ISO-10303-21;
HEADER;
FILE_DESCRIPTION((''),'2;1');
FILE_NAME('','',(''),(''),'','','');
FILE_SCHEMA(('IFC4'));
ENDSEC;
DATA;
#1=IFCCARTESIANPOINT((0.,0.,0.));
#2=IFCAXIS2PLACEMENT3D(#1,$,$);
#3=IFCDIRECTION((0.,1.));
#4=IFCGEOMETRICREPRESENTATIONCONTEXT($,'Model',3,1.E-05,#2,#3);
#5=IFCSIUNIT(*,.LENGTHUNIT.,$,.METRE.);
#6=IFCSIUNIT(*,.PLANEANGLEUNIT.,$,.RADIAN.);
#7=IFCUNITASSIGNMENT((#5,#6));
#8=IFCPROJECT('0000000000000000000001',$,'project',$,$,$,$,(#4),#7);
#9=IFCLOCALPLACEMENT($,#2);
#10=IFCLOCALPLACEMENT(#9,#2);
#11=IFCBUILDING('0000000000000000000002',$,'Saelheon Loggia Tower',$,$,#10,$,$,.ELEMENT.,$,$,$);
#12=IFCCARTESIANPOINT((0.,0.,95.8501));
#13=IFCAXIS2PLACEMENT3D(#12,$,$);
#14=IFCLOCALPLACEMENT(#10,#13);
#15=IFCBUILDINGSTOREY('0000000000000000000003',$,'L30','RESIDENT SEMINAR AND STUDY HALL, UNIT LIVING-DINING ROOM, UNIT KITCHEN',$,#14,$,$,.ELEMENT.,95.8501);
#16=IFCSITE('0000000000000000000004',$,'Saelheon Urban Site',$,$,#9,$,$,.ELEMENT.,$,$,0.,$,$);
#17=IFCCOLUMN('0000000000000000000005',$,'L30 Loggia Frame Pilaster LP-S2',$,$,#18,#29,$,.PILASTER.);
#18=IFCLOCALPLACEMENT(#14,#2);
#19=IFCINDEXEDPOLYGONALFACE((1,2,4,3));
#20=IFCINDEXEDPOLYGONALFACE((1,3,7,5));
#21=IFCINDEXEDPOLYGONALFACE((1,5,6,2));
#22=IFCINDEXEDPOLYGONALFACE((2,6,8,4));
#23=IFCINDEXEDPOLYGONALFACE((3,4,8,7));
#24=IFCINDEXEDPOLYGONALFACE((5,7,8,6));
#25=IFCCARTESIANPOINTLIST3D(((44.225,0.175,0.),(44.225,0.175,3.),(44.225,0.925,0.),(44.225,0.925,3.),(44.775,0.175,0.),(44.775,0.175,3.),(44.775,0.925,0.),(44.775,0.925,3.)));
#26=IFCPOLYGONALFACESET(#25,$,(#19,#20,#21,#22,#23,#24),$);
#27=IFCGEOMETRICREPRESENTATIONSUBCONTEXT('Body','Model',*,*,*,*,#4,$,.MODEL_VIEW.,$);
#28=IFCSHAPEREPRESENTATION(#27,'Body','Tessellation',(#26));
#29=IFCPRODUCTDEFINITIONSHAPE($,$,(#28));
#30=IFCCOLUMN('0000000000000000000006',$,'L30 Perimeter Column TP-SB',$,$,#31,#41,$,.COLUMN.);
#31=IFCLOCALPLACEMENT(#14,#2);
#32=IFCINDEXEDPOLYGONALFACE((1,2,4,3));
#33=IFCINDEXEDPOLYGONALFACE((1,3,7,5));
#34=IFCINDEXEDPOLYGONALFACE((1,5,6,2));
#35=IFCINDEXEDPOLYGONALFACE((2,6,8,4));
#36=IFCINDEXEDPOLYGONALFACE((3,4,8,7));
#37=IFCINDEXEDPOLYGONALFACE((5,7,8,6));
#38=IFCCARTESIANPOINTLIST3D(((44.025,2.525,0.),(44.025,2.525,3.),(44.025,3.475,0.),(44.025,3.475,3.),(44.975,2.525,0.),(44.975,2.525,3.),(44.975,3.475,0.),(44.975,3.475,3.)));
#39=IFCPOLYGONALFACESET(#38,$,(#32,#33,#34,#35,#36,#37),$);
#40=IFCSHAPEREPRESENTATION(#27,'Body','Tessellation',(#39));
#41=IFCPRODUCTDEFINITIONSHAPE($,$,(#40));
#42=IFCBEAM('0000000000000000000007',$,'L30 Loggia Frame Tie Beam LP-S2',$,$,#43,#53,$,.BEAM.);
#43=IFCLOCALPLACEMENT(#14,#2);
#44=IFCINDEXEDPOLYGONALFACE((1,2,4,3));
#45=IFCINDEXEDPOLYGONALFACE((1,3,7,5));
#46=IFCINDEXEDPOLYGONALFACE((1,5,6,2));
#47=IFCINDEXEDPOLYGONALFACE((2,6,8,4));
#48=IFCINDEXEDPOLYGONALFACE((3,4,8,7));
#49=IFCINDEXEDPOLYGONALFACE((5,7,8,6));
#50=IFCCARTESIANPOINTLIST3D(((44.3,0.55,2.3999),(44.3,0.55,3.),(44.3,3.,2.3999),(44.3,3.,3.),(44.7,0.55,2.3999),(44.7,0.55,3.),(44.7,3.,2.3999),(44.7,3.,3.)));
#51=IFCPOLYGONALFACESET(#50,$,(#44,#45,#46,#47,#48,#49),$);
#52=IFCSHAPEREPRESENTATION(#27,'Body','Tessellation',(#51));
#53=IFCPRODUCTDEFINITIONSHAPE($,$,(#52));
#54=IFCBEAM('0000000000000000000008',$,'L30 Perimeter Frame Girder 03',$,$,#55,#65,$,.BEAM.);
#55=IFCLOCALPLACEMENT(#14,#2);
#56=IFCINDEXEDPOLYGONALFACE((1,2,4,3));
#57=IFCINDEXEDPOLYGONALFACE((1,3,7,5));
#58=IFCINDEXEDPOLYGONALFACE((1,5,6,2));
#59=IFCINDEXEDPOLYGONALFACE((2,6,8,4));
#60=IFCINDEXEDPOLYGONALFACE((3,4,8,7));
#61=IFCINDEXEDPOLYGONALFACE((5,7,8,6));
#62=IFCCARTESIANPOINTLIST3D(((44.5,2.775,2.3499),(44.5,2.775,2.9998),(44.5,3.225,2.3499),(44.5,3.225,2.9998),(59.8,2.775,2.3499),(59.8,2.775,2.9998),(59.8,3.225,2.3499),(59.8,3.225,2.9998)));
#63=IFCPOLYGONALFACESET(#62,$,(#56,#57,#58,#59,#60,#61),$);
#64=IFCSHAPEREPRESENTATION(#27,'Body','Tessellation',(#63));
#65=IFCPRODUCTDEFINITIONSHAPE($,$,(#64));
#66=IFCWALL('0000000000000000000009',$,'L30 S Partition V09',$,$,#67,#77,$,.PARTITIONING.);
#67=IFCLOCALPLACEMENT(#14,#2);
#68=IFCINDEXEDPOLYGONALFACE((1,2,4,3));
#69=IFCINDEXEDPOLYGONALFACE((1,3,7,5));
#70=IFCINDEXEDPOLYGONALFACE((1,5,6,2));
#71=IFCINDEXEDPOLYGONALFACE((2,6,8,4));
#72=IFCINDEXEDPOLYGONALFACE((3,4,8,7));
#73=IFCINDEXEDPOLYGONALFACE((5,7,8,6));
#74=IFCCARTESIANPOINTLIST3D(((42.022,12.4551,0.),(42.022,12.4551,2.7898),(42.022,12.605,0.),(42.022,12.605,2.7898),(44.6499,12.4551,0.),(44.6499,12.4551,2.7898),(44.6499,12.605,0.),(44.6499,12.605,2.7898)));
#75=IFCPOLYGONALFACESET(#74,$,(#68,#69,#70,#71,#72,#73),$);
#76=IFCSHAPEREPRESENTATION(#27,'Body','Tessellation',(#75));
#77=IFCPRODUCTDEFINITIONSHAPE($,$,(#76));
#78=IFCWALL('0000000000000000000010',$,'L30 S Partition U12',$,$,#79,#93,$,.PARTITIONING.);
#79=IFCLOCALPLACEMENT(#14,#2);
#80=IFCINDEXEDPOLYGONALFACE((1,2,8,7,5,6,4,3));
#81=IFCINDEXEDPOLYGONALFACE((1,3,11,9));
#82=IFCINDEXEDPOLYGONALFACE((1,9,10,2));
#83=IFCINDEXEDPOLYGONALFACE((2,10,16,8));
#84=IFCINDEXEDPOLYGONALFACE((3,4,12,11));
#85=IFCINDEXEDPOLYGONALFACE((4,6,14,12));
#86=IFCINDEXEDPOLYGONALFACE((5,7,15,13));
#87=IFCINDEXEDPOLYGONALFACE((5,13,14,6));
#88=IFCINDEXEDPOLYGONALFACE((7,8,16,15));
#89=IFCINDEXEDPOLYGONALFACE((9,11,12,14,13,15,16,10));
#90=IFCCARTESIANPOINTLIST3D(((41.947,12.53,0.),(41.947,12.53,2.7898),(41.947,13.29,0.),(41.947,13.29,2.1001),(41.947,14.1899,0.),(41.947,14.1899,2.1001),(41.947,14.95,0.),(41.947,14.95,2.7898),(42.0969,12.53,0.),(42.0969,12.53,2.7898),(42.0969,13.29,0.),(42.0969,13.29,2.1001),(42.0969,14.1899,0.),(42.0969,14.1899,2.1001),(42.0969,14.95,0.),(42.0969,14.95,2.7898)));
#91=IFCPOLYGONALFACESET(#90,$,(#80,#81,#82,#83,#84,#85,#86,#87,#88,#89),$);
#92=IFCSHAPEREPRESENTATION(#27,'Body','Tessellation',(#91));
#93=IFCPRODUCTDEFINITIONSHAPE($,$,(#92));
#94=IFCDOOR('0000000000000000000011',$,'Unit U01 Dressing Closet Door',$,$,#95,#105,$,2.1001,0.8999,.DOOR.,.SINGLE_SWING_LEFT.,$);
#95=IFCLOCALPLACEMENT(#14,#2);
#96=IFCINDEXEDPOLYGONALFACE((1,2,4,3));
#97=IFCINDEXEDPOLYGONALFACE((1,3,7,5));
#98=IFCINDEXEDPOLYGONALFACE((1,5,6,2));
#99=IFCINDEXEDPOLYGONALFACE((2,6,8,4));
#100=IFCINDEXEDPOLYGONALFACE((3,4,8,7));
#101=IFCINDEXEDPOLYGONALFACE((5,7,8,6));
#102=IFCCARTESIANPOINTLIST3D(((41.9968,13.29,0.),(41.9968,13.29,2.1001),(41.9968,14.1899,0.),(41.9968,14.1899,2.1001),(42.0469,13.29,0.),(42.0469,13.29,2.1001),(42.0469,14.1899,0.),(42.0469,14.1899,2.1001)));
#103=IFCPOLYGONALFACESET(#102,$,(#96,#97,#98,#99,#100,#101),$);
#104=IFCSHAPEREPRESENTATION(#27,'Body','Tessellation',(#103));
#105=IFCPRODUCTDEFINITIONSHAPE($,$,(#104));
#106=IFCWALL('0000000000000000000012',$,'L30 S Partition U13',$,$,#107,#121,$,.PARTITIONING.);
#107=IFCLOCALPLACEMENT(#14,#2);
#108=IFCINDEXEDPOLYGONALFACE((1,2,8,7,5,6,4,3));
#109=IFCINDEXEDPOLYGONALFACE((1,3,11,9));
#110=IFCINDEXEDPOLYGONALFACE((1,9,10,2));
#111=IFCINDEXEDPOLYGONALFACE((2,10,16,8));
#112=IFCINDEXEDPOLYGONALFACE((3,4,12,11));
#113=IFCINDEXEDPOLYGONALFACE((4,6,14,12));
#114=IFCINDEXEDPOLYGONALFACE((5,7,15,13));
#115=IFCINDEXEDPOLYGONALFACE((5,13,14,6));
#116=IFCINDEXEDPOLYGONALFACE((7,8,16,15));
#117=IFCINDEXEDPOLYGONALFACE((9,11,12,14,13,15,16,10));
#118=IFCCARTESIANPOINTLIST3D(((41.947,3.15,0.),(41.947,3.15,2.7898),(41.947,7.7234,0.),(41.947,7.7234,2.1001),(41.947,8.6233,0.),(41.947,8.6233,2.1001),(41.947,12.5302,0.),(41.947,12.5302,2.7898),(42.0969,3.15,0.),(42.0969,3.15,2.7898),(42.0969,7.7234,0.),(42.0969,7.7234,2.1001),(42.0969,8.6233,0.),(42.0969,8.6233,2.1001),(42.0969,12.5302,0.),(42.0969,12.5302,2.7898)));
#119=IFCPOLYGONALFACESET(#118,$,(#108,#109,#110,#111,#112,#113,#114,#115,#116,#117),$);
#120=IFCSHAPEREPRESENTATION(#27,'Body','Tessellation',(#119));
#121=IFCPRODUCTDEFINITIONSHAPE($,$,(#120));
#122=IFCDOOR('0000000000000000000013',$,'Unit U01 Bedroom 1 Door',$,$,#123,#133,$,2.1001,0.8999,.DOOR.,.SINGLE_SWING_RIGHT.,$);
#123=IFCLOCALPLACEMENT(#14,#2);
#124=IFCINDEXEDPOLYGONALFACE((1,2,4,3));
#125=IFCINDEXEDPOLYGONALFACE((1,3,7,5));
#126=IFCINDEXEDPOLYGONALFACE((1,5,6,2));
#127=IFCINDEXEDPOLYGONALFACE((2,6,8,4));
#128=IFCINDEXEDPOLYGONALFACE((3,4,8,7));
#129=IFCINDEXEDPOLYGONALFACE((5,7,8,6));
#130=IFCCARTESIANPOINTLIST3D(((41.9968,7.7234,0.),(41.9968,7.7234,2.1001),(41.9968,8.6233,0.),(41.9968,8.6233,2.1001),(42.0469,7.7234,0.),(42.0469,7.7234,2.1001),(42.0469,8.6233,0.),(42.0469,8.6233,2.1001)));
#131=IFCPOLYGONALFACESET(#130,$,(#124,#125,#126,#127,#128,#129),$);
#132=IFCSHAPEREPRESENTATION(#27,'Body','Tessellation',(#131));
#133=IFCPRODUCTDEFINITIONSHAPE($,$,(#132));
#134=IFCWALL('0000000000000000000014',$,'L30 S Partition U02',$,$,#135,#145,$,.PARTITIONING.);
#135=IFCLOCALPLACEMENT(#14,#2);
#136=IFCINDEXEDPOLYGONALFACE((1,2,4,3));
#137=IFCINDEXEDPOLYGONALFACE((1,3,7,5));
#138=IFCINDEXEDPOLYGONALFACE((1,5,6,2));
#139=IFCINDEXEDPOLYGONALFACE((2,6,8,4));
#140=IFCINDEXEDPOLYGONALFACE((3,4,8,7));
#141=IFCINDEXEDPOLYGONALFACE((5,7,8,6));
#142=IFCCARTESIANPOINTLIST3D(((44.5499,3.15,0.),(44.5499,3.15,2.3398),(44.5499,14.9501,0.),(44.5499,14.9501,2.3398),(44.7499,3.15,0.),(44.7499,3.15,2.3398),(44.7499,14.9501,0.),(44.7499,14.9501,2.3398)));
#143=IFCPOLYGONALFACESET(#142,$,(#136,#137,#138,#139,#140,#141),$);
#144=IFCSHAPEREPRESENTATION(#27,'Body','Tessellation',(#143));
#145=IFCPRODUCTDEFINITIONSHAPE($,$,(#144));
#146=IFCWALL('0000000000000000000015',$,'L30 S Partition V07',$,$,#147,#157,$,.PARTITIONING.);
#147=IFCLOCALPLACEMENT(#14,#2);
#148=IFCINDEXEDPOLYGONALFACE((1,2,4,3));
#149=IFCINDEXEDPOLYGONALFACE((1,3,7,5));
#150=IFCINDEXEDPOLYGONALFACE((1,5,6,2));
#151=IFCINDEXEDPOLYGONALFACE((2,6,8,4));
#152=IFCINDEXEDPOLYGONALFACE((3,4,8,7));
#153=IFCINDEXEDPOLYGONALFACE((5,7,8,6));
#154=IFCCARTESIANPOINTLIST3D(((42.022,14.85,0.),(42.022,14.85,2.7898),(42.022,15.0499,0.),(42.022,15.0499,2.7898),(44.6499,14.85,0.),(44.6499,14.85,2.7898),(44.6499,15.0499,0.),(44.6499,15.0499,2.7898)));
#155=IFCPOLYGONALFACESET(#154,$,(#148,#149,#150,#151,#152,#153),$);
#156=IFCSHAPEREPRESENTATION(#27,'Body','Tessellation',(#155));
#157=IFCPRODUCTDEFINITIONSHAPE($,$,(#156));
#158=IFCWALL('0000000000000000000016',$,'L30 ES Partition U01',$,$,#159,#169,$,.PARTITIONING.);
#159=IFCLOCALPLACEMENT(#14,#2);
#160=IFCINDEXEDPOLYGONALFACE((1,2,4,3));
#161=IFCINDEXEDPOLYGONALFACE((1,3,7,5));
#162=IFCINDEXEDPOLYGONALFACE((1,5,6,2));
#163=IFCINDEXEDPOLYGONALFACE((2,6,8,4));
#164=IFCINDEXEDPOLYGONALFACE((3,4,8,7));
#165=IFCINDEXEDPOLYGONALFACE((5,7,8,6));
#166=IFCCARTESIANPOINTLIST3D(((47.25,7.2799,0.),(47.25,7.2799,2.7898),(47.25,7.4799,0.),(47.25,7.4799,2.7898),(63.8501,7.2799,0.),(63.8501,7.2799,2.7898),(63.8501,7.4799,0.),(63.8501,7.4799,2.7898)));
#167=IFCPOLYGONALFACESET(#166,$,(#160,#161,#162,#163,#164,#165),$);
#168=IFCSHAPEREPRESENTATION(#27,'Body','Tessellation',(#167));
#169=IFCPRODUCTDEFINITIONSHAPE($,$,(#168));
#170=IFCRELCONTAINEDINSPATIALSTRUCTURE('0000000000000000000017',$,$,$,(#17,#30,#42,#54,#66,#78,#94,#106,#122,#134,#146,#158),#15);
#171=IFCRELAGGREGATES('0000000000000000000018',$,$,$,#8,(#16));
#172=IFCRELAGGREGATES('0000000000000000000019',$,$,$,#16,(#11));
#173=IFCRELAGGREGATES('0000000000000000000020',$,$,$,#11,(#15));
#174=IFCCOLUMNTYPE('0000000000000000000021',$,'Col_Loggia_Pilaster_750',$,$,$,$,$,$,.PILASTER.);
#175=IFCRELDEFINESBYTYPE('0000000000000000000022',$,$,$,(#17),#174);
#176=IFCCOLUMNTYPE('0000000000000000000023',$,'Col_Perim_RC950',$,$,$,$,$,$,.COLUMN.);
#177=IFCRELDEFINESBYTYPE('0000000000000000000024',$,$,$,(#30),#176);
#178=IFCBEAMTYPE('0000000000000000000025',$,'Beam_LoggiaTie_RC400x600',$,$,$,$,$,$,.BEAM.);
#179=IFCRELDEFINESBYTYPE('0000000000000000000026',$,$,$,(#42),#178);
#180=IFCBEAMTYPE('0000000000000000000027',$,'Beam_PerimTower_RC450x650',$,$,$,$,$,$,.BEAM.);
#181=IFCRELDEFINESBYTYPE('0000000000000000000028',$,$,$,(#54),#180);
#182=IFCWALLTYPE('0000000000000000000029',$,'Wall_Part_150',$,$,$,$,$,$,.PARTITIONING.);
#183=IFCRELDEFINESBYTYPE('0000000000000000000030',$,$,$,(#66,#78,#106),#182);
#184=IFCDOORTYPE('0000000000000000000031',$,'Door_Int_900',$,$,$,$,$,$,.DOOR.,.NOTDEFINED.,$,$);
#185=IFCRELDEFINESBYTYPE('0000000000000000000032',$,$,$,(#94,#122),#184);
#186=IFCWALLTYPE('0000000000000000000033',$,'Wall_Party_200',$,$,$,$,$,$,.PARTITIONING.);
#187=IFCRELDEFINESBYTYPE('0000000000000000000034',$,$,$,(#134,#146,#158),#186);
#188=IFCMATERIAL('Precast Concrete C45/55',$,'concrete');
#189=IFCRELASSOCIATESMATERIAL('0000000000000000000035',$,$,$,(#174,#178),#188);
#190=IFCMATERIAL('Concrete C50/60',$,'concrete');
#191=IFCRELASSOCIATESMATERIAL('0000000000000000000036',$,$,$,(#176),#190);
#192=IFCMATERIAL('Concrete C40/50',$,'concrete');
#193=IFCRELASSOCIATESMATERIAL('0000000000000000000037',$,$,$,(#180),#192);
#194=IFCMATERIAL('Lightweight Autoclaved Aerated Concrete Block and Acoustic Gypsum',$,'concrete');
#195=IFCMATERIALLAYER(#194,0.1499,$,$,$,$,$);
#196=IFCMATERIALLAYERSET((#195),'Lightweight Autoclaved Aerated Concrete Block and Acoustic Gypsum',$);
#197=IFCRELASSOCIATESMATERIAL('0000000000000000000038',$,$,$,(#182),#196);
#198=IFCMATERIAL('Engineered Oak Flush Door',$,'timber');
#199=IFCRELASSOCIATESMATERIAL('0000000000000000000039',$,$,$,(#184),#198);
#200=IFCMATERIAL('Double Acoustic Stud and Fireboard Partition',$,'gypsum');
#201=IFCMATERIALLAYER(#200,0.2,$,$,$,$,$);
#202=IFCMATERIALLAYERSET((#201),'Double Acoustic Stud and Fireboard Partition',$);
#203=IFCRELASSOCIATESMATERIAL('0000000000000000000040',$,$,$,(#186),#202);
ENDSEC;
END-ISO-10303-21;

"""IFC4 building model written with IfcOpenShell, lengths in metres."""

from ifc_helpers import new_model, si_unit, direction, frame, frame_2d, origin, origin_2d, place, context, subcontext, project, spatial, rectangle, extrude, source, transform, mapped, material, layer, layer_set, material_profile, profile_set, type_object, element, fill, save


model = new_model("IFC4")

# Units and contexts
model_context = context("Model", 3, precision=1e-05, world=origin(), true_north=direction((0.0, 1.0)))
body_context = subcontext(model_context, "Body", "Model", "MODEL_VIEW")
ifc_project = project(units=[si_unit("LENGTHUNIT", "METRE"), si_unit("PLANEANGLEUNIT", "RADIAN")], contexts=[model_context])

# Site, building, storey
site_placement = place(None, origin())
site = spatial("IfcSite", under=ifc_project, at=site_placement, Name="Saelheon Urban Site", CompositionType="ELEMENT", RefElevation=0.0)
building_placement = place(site_placement, origin())
building = spatial("IfcBuilding", under=site, at=building_placement, Name="Saelheon Loggia Tower", CompositionType="ELEMENT")
storey_placement = place(building_placement, frame((0.0, 0.0, 95.8501)))
storey = spatial("IfcBuildingStorey", under=building, at=storey_placement, Name="L30", Description="RESIDENT SEMINAR AND STUDY HALL, UNIT LIVING-DINING ROOM, UNIT KITCHEN", CompositionType="ELEMENT", Elevation=95.8501)

# Columns
ifc_material_1 = material(Name="Precast Concrete C45/55", Category="concrete")
ifc_material_profile_1 = material_profile(ifc_material_1, rectangle(XDim=0.55, YDim=0.75, at=origin_2d()), Name="RC-550x750")
ifc_profile_set_1 = profile_set([ifc_material_profile_1], Name="Precast Concrete C45/55")
column_type_1 = type_object("IfcColumnType", Name="Col_Loggia_Pilaster_750", PredefinedType="PILASTER", material=ifc_profile_set_1)
shared_shape_1 = source(origin(), body_context, "Body", "SweptSolid", [
    extrude(rectangle(XDim=0.55, YDim=0.75, at=origin_2d()), origin(), (0.0, 0.0, 1.0), 3.0),
])
column_1_placement = place(storey_placement, frame((44.5, 0.55, 0.0), z_axis=(0.0, 0.0, 1.0), x_axis=(1.0, 0.0, 0.0)))
element("IfcColumn", 1, at=column_1_placement, inside=storey, type_object=column_type_1, Name="L30 Loggia Frame Pilaster LP-S2", PredefinedType="PILASTER", context=body_context, shape_type="MappedRepresentation", body=[
    mapped(shared_shape_1, transform((0.0, 0.0, 0.0), scale=1.0)),
])
ifc_material_2 = material(Name="Concrete C50/60", Category="concrete")
ifc_material_profile_2 = material_profile(ifc_material_2, rectangle(XDim=0.95, YDim=0.95, at=origin_2d()), Name="RC-950x950")
ifc_profile_set_2 = profile_set([ifc_material_profile_2], Name="Concrete C50/60")
column_type_2 = type_object("IfcColumnType", Name="Col_Perim_RC950", PredefinedType="COLUMN", material=ifc_profile_set_2)
shared_shape_2 = source(origin(), body_context, "Body", "SweptSolid", [
    extrude(rectangle(XDim=0.95, YDim=0.95, at=origin_2d()), origin(), (0.0, 0.0, 1.0), 3.0),
])
column_2_placement = place(storey_placement, frame((44.5, 3.0, 0.0), z_axis=(0.0, 0.0, 1.0), x_axis=(1.0, 0.0, 0.0)))
element("IfcColumn", 2, at=column_2_placement, inside=storey, type_object=column_type_2, Name="L30 Perimeter Column TP-SB", PredefinedType="COLUMN", context=body_context, shape_type="MappedRepresentation", body=[
    mapped(shared_shape_2, transform((0.0, 0.0, 0.0), scale=1.0)),
])

# Beams
ifc_material_profile_3 = material_profile(ifc_material_1, rectangle(XDim=0.3999, YDim=0.6001, at=origin_2d()), Name="RC-400x600")
ifc_profile_set_3 = profile_set([ifc_material_profile_3], Name="Precast Concrete C45/55")
beam_type_1 = type_object("IfcBeamType", Name="Beam_LoggiaTie_RC400x600", PredefinedType="BEAM", material=ifc_profile_set_3)
shared_shape_3 = source(origin(), body_context, "Body", "SweptSolid", [
    extrude(rectangle(XDim=0.3999, YDim=0.6001, at=origin_2d()), origin(), (0.0, 0.0, 1.0), 2.45),
])
beam_1_placement = place(storey_placement, frame((44.5, 3.0, 2.7), z_axis=(0.0, -1.0, 0.0), x_axis=(1.0, 0.0, 0.0)))
element("IfcBeam", 3, at=beam_1_placement, inside=storey, type_object=beam_type_1, Name="L30 Loggia Frame Tie Beam LP-S2", PredefinedType="BEAM", context=body_context, shape_type="MappedRepresentation", body=[
    mapped(shared_shape_3, transform((0.0, 0.0, 0.0), scale=1.0)),
])
ifc_material_3 = material(Name="Concrete C40/50", Category="concrete")
ifc_material_profile_4 = material_profile(ifc_material_3, rectangle(XDim=0.45, YDim=0.6499, at=origin_2d()), Name="RC-450x650")
ifc_profile_set_4 = profile_set([ifc_material_profile_4], Name="Concrete C40/50")
beam_type_2 = type_object("IfcBeamType", Name="Beam_PerimTower_RC450x650", PredefinedType="BEAM", material=ifc_profile_set_4)
shared_shape_4 = source(origin(), body_context, "Body", "SweptSolid", [
    extrude(rectangle(XDim=0.45, YDim=0.6499, at=origin_2d()), origin(), (0.0, 0.0, 1.0), 15.3),
])
beam_2_placement = place(storey_placement, frame((44.5, 3.0, 2.6748), z_axis=(1.0, 0.0, 0.0), x_axis=(0.0, 1.0, 0.0)))
element("IfcBeam", 4, at=beam_2_placement, inside=storey, type_object=beam_type_2, Name="L30 Perimeter Frame Girder 03", PredefinedType="BEAM", context=body_context, shape_type="MappedRepresentation", body=[
    mapped(shared_shape_4, transform((0.0, 0.0, 0.0), scale=1.0)),
])

# Wall
ifc_material_4 = material(Name="Lightweight Autoclaved Aerated Concrete Block and Acoustic Gypsum", Category="concrete")
ifc_layer_1 = layer(ifc_material_4, 0.1499)
ifc_layer_set_1 = layer_set([ifc_layer_1], Name="Lightweight Autoclaved Aerated Concrete Block and Acoustic Gypsum")
wall_type_1 = type_object("IfcWallType", Name="Wall_Part_150", PredefinedType="PARTITIONING", material=ifc_layer_set_1)
wall_1_placement = place(storey_placement, frame((42.022, 12.53, 0.0), z_axis=(0.0, 0.0, 1.0), x_axis=(1.0, 0.0, 0.0)))
element("IfcWall", 5, at=wall_1_placement, inside=storey, type_object=wall_type_1, Name="L30 S Partition V09", PredefinedType="PARTITIONING", context=body_context, shape_type="SweptSolid", body=[
    extrude(rectangle(XDim=2.6279, YDim=0.1499, at=frame_2d((1.314, 0.0))), origin(), (0.0, 0.0, 1.0), 2.7898),
])

# Walls, openings, doors
wall_2_placement = place(storey_placement, frame((42.022, 14.95, 0.0), z_axis=(0.0, 0.0, 1.0), x_axis=(0.0, -1.0, 0.0)))
wall_2 = element("IfcWall", 6, at=wall_2_placement, inside=storey, type_object=wall_type_1, Name="L30 S Partition U12", PredefinedType="PARTITIONING", context=body_context, shape_type="SweptSolid", body=[
    extrude(rectangle(XDim=2.4199, YDim=0.1499, at=frame_2d((1.21, 0.0))), origin(), (0.0, 0.0, 1.0), 2.7898),
])
opening_1_placement = place(wall_2_placement, frame((0.76, 0.0, 0.0)))
opening_1 = element("IfcOpeningElement", 7, at=opening_1_placement, cuts=wall_2, PredefinedType="OPENING", context=body_context, shape_type="SweptSolid", body=[
    extrude(rectangle(XDim=0.8999, YDim=2.1001, at=frame_2d((0.45, 1.05))), frame((0.0, 0.0869, 0.0), z_axis=(0.0, -1.0, 0.0), x_axis=(1.0, 0.0, 0.0)), (0.0, 0.0, 1.0), 0.1738),
])
ifc_material_5 = material(Name="Engineered Oak Flush Door", Category="timber")
door_type_1 = type_object("IfcDoorType", Name="Door_Int_900", OperationType="NOTDEFINED", PredefinedType="DOOR", material=ifc_material_5)
shared_shape_5 = source(origin(), body_context, "Body", "SweptSolid", [
    extrude(rectangle(XDim=0.8999, YDim=2.1001, at=frame_2d((0.45, 1.05))), frame((0.0, 0.0249, 0.0), z_axis=(0.0, -1.0, 0.0), x_axis=(1.0, 0.0, 0.0)), (0.0, 0.0, 1.0), 0.05),
])
door_1_placement = place(opening_1_placement, origin())
door_1 = element("IfcDoor", 8, at=door_1_placement, inside=storey, type_object=door_type_1, Name="Unit U01 Dressing Closet Door", OperationType="SINGLE_SWING_LEFT", OverallHeight=2.1001, OverallWidth=0.8999, PredefinedType="DOOR", context=body_context, shape_type="MappedRepresentation", body=[
    mapped(shared_shape_5, transform((0.0, 0.0, 0.0), scale=1.0)),
])
fill(opening_1, door_1)
wall_3_placement = place(storey_placement, frame((42.022, 12.53, 0.0), z_axis=(0.0, 0.0, 1.0), x_axis=(0.0, -1.0, 0.0)))
wall_3 = element("IfcWall", 9, at=wall_3_placement, inside=storey, type_object=wall_type_1, Name="L30 S Partition U13", PredefinedType="PARTITIONING", context=body_context, shape_type="SweptSolid", body=[
    extrude(rectangle(XDim=9.3801, YDim=0.1499, at=frame_2d((4.6899, 0.0))), origin(), (0.0, 0.0, 1.0), 2.7898),
])
opening_2_placement = place(wall_3_placement, frame((3.9067, 0.0, 0.0)))
opening_2 = element("IfcOpeningElement", 10, at=opening_2_placement, cuts=wall_3, PredefinedType="OPENING", context=body_context, shape_type="SweptSolid", body=[
    extrude(rectangle(XDim=0.8999, YDim=2.1001, at=frame_2d((0.45, 1.05))), frame((0.0, 0.0869, 0.0), z_axis=(0.0, -1.0, 0.0), x_axis=(1.0, 0.0, 0.0)), (0.0, 0.0, 1.0), 0.1738),
])
door_2_placement = place(opening_2_placement, origin())
door_2 = element("IfcDoor", 11, at=door_2_placement, inside=storey, type_object=door_type_1, Name="Unit U01 Bedroom 1 Door", OperationType="SINGLE_SWING_RIGHT", OverallHeight=2.1001, OverallWidth=0.8999, PredefinedType="DOOR", context=body_context, shape_type="MappedRepresentation", body=[
    mapped(shared_shape_5, transform((0.0, 0.0, 0.0), scale=1.0)),
])
fill(opening_2, door_2)

# Walls
ifc_material_6 = material(Name="Double Acoustic Stud and Fireboard Partition", Category="gypsum")
ifc_layer_2 = layer(ifc_material_6, 0.2)
ifc_layer_set_2 = layer_set([ifc_layer_2], Name="Double Acoustic Stud and Fireboard Partition")
wall_type_2 = type_object("IfcWallType", Name="Wall_Party_200", PredefinedType="PARTITIONING", material=ifc_layer_set_2)
wall_4_placement = place(storey_placement, frame((44.6499, 14.95, 0.0), z_axis=(0.0, 0.0, 1.0), x_axis=(0.0, -1.0, 0.0)))
element("IfcWall", 12, at=wall_4_placement, inside=storey, type_object=wall_type_2, Name="L30 S Partition U02", PredefinedType="PARTITIONING", context=body_context, shape_type="SweptSolid", body=[
    extrude(rectangle(XDim=11.8, YDim=0.2, at=frame_2d((5.8999, 0.0))), origin(), (0.0, 0.0, 1.0), 2.3398),
])
wall_5_placement = place(storey_placement, frame((42.022, 14.95, 0.0), z_axis=(0.0, 0.0, 1.0), x_axis=(1.0, 0.0, 0.0)))
element("IfcWall", 13, at=wall_5_placement, inside=storey, type_object=wall_type_2, Name="L30 S Partition V07", PredefinedType="PARTITIONING", context=body_context, shape_type="SweptSolid", body=[
    extrude(rectangle(XDim=2.6279, YDim=0.2, at=frame_2d((1.314, 0.0))), origin(), (0.0, 0.0, 1.0), 2.7898),
])
wall_6_placement = place(storey_placement, frame((47.25, 7.3799, 0.0), z_axis=(0.0, 0.0, 1.0), x_axis=(1.0, 0.0, 0.0)))
element("IfcWall", 14, at=wall_6_placement, inside=storey, type_object=wall_type_2, Name="L30 ES Partition U01", PredefinedType="PARTITIONING", context=body_context, shape_type="SweptSolid", body=[
    extrude(rectangle(XDim=16.6001, YDim=0.2, at=frame_2d((8.3, 0.0))), origin(), (0.0, 0.0, 1.0), 2.7898),
])

save(model, "model.ifc")
